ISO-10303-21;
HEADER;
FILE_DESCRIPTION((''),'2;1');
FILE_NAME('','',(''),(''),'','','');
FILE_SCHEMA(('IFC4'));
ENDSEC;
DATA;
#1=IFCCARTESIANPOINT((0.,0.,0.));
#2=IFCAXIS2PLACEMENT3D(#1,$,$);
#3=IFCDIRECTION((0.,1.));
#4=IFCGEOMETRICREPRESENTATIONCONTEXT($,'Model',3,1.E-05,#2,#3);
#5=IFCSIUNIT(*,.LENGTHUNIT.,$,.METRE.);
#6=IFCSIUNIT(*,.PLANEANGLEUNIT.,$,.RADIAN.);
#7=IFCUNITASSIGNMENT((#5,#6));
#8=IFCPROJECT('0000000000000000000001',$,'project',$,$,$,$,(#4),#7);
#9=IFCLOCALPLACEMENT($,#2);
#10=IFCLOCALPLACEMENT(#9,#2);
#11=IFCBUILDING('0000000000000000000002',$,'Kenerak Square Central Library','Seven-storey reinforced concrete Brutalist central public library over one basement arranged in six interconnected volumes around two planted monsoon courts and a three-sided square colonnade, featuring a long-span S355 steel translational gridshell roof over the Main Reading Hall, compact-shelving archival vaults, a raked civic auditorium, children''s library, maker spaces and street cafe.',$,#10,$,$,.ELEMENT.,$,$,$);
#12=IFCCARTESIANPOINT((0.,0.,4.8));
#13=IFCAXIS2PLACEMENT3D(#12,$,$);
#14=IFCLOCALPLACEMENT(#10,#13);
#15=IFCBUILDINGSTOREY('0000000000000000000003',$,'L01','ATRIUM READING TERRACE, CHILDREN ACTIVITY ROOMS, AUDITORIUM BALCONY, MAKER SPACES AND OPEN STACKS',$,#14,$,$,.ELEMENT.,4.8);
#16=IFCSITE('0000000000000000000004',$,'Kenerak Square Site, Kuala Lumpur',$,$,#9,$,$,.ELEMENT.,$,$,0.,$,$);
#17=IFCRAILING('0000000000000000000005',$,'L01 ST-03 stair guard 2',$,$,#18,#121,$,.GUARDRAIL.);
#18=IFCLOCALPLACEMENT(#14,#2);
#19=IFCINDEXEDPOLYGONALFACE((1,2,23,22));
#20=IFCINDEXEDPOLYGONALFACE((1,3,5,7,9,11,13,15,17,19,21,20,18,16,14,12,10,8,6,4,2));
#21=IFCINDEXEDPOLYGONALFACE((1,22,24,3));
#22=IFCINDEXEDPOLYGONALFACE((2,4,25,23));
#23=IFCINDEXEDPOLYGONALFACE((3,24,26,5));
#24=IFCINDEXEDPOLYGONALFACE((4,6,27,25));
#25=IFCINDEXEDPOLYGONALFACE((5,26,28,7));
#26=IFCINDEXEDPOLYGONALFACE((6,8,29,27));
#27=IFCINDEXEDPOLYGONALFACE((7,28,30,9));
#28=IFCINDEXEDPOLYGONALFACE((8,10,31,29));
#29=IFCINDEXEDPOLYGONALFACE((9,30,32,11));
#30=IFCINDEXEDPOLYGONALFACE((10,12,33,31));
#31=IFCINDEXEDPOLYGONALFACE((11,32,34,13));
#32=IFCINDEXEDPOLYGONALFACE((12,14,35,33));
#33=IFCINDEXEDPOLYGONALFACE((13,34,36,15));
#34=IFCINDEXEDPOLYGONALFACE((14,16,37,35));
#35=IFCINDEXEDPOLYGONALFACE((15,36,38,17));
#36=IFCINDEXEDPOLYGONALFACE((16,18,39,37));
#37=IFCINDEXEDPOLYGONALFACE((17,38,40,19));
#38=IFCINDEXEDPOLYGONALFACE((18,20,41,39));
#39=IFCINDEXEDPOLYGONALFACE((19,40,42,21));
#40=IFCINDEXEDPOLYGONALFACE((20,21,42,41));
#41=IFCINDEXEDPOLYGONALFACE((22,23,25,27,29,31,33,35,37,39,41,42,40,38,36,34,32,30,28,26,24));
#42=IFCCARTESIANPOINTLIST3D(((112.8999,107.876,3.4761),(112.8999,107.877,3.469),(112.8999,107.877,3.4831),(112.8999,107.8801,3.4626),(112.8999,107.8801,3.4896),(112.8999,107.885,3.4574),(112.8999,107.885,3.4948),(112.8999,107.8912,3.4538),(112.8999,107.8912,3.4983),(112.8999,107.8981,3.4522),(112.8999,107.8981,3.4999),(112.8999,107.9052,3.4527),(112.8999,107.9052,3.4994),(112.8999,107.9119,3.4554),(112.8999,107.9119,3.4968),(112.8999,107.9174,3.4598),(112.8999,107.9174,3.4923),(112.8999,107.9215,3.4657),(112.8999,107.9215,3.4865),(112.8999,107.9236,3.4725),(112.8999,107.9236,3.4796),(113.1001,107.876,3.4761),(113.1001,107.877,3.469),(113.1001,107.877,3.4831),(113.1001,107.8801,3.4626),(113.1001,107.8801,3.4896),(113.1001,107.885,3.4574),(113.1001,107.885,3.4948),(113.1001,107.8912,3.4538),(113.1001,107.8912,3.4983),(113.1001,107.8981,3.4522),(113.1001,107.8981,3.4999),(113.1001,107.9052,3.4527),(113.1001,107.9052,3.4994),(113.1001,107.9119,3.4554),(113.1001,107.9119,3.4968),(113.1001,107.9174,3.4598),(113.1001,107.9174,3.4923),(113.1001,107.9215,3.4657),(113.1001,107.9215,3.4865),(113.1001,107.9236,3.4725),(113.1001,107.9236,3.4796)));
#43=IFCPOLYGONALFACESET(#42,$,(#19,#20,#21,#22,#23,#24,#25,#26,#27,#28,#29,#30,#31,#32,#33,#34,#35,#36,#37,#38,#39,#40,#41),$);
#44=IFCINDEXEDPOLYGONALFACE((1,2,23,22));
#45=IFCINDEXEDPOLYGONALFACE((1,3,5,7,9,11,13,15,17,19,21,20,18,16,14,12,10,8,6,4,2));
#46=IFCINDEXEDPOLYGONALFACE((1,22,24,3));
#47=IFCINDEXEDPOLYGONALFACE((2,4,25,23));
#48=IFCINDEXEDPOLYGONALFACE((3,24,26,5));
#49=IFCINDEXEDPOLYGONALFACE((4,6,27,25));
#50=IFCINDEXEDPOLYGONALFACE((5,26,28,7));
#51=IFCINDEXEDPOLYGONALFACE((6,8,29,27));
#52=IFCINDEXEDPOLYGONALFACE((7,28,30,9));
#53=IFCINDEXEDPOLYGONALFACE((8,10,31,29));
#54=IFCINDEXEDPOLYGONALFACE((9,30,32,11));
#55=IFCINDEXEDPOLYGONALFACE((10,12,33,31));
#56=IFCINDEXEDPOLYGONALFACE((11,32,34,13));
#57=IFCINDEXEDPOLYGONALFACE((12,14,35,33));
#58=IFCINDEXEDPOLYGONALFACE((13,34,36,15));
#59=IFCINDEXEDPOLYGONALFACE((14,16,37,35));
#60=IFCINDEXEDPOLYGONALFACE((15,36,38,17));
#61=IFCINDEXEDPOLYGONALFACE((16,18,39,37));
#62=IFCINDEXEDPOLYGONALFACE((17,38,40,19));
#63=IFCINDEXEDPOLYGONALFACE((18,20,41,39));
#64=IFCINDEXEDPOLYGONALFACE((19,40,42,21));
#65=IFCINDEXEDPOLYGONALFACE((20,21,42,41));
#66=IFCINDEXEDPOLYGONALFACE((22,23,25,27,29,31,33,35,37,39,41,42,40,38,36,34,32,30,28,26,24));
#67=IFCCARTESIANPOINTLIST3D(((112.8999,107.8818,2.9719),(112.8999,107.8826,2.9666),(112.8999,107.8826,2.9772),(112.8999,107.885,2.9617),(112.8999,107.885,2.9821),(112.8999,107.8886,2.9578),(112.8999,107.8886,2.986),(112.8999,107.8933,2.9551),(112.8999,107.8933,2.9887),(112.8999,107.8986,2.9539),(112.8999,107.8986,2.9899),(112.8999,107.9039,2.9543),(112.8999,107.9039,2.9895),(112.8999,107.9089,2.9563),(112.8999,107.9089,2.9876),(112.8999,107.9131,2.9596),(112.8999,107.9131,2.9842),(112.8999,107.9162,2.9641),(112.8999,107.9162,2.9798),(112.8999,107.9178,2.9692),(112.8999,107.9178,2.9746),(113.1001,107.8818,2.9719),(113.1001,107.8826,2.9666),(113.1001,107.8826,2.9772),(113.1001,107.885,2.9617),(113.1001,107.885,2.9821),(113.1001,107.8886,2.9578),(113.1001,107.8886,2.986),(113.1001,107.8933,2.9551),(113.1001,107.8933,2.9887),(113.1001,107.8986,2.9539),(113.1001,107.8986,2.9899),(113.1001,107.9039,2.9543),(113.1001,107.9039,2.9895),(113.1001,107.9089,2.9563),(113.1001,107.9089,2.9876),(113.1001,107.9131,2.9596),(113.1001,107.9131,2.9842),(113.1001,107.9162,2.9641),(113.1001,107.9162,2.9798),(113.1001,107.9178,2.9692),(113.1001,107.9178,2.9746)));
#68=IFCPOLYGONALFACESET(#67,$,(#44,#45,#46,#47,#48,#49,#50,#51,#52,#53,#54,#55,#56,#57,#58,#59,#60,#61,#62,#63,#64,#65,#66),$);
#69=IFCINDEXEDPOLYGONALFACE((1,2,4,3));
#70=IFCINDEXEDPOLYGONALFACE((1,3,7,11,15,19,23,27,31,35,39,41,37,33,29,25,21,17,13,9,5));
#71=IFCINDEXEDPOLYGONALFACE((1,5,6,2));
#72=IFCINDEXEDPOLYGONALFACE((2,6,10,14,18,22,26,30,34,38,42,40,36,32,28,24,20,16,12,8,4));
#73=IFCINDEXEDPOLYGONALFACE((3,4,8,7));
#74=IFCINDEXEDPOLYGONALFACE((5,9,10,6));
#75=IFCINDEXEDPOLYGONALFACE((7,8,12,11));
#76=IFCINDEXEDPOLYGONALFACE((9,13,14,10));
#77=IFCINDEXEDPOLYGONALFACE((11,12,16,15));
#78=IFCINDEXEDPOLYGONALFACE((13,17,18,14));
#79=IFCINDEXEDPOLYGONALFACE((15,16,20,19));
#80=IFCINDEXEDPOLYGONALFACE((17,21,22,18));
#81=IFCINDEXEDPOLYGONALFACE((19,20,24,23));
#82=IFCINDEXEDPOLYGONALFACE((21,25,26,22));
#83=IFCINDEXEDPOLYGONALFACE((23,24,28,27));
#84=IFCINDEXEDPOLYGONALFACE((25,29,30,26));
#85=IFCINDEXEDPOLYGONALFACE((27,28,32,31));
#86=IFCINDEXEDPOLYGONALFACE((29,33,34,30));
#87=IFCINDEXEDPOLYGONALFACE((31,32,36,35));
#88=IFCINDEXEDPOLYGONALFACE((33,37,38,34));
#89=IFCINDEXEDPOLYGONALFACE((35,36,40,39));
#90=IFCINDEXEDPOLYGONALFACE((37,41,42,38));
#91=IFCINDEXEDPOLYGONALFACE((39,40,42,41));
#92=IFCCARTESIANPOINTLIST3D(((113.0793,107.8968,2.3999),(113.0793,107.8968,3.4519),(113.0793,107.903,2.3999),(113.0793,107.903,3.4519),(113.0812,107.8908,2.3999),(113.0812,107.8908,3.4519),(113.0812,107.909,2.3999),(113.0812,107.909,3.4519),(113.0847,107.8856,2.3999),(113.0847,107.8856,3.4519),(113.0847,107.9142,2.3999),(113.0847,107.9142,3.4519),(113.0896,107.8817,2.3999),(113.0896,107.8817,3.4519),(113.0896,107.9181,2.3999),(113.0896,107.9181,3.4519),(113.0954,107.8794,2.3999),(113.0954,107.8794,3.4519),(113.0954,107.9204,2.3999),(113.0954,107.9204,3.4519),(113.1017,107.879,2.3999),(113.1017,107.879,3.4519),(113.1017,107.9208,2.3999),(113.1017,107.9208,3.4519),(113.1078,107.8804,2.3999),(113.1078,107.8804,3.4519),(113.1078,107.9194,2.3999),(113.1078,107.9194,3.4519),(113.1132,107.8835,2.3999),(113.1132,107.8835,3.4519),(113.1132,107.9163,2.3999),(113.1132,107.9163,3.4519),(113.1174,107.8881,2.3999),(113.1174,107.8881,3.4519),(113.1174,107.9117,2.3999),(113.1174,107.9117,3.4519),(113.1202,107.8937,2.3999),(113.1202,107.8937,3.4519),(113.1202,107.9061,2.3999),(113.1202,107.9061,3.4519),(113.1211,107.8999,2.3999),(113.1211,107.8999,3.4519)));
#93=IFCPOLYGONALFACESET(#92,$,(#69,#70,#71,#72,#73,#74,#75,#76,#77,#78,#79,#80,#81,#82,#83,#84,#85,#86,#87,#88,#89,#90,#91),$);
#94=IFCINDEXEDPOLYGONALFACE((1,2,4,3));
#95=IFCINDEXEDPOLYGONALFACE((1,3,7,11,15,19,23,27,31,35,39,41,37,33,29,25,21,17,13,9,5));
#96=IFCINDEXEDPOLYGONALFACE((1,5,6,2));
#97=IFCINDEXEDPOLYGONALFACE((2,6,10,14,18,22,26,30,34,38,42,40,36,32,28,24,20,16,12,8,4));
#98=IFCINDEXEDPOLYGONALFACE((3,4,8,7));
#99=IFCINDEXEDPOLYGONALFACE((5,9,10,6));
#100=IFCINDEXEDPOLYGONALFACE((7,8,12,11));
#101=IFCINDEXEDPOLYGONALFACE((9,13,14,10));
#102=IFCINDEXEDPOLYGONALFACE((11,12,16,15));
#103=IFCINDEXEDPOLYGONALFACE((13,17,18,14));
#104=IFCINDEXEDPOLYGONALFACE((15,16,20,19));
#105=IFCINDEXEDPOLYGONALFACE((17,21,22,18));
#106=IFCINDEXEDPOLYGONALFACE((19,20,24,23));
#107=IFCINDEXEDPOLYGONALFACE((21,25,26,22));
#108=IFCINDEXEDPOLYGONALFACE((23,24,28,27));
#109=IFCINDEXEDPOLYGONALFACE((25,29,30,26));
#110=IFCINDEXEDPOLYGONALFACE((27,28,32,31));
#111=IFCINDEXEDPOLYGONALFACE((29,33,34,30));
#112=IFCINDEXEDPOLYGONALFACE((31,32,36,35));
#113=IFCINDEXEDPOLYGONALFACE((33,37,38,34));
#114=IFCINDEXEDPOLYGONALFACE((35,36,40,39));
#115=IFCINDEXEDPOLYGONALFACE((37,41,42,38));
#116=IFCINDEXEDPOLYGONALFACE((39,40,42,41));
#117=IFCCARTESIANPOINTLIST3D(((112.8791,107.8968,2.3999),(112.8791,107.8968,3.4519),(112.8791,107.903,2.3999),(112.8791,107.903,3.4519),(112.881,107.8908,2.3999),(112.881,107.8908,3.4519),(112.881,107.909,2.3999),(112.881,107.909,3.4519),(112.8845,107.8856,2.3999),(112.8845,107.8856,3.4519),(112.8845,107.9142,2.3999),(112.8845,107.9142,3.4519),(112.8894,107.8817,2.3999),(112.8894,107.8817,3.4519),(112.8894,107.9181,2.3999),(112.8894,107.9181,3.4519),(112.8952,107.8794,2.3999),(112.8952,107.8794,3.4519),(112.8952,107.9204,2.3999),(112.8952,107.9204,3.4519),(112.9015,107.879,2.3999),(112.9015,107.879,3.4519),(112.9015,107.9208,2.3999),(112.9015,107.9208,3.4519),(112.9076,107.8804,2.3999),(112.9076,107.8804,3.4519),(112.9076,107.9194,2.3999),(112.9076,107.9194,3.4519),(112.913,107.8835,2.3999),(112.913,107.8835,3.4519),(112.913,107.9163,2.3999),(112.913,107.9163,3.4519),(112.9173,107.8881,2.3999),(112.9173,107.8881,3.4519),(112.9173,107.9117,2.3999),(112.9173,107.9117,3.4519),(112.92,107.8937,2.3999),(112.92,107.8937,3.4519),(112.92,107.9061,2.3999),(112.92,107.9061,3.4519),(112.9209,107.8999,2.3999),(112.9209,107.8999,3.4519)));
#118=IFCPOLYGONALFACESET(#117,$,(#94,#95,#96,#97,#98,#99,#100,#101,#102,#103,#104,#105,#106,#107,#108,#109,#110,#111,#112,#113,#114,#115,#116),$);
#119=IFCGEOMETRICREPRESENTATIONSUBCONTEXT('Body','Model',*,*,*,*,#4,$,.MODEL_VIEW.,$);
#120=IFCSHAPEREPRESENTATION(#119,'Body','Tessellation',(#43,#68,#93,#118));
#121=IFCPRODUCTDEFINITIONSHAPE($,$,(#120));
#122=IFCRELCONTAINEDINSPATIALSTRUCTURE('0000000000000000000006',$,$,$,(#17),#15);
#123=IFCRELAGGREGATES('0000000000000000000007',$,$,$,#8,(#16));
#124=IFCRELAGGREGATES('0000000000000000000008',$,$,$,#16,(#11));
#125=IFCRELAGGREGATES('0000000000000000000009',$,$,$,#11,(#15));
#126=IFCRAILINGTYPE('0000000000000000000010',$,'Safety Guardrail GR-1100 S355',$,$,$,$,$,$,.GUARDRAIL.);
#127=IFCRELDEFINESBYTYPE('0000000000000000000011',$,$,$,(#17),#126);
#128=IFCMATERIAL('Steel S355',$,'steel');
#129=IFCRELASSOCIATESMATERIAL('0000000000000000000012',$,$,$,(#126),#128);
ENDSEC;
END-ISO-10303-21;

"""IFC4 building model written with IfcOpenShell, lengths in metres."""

from ifc_helpers import new_model, si_unit, direction, frame, origin, origin_2d, place, context, subcontext, project, spatial, circle, extrude, material, type_object, element, save


model = new_model("IFC4")

# Units and contexts
model_context = context("Model", 3, precision=1e-05, world=origin(), true_north=direction((0.0, 1.0)))
body_context = subcontext(model_context, "Body", "Model", "MODEL_VIEW")
ifc_project = project(units=[si_unit("LENGTHUNIT", "METRE"), si_unit("PLANEANGLEUNIT", "RADIAN")], contexts=[model_context])

# Site, building, storey
site_placement = place(None, origin())
site = spatial("IfcSite", under=ifc_project, at=site_placement, Name="Kenerak Square Site, Kuala Lumpur", CompositionType="ELEMENT", RefElevation=0.0)
building_placement = place(site_placement, origin())
building = spatial("IfcBuilding", under=site, at=building_placement, Name="Kenerak Square Central Library", Description="Seven-storey reinforced concrete Brutalist central public library over one basement arranged in six interconnected volumes around two planted monsoon courts and a three-sided square colonnade, featuring a long-span S355 steel translational gridshell roof over the Main Reading Hall, compact-shelving archival vaults, a raked civic auditorium, children's library, maker spaces and street cafe.", CompositionType="ELEMENT")
storey_placement = place(building_placement, frame((0.0, 0.0, 4.8)))
storey = spatial("IfcBuildingStorey", under=building, at=storey_placement, Name="L01", Description="ATRIUM READING TERRACE, CHILDREN ACTIVITY ROOMS, AUDITORIUM BALCONY, MAKER SPACES AND OPEN STACKS", CompositionType="ELEMENT", Elevation=4.8)

# Railing
ifc_material_1 = material(Name="Steel S355", Category="steel")
railing_type_1 = type_object("IfcRailingType", Name="Safety Guardrail GR-1100 S355", PredefinedType="GUARDRAIL", material=ifc_material_1)
railing_1_placement = place(storey_placement, frame((113.1001, 107.8999, 2.3999)))
element("IfcRailing", 1, at=railing_1_placement, inside=storey, type_object=railing_type_1, Name="L01 ST-03 stair guard 2", PredefinedType="GUARDRAIL", context=body_context, shape_type="SweptSolid", body=[
    extrude(circle(Radius=0.0239, at=origin_2d()), frame((0.0, 0.0, 1.0762), z_axis=(-1.0, 0.0, 0.0), x_axis=(0.0, -1.0, 0.0)), (0.0, 0.0, 1.0), 0.2002),
    extrude(circle(Radius=0.0181, at=origin_2d()), frame((0.0, 0.0, 0.572), z_axis=(-1.0, 0.0, 0.0), x_axis=(0.0, -1.0, 0.0)), (0.0, 0.0, 1.0), 0.2002),
    extrude(circle(Radius=0.021, at=origin_2d()), origin(), (0.0, 0.0, 1.0), 1.052),
    extrude(circle(Radius=0.021, at=origin_2d()), frame((-0.2002, 0.0, 0.0)), (0.0, 0.0, 1.0), 1.052),
])

save(model, "model.ifc")
